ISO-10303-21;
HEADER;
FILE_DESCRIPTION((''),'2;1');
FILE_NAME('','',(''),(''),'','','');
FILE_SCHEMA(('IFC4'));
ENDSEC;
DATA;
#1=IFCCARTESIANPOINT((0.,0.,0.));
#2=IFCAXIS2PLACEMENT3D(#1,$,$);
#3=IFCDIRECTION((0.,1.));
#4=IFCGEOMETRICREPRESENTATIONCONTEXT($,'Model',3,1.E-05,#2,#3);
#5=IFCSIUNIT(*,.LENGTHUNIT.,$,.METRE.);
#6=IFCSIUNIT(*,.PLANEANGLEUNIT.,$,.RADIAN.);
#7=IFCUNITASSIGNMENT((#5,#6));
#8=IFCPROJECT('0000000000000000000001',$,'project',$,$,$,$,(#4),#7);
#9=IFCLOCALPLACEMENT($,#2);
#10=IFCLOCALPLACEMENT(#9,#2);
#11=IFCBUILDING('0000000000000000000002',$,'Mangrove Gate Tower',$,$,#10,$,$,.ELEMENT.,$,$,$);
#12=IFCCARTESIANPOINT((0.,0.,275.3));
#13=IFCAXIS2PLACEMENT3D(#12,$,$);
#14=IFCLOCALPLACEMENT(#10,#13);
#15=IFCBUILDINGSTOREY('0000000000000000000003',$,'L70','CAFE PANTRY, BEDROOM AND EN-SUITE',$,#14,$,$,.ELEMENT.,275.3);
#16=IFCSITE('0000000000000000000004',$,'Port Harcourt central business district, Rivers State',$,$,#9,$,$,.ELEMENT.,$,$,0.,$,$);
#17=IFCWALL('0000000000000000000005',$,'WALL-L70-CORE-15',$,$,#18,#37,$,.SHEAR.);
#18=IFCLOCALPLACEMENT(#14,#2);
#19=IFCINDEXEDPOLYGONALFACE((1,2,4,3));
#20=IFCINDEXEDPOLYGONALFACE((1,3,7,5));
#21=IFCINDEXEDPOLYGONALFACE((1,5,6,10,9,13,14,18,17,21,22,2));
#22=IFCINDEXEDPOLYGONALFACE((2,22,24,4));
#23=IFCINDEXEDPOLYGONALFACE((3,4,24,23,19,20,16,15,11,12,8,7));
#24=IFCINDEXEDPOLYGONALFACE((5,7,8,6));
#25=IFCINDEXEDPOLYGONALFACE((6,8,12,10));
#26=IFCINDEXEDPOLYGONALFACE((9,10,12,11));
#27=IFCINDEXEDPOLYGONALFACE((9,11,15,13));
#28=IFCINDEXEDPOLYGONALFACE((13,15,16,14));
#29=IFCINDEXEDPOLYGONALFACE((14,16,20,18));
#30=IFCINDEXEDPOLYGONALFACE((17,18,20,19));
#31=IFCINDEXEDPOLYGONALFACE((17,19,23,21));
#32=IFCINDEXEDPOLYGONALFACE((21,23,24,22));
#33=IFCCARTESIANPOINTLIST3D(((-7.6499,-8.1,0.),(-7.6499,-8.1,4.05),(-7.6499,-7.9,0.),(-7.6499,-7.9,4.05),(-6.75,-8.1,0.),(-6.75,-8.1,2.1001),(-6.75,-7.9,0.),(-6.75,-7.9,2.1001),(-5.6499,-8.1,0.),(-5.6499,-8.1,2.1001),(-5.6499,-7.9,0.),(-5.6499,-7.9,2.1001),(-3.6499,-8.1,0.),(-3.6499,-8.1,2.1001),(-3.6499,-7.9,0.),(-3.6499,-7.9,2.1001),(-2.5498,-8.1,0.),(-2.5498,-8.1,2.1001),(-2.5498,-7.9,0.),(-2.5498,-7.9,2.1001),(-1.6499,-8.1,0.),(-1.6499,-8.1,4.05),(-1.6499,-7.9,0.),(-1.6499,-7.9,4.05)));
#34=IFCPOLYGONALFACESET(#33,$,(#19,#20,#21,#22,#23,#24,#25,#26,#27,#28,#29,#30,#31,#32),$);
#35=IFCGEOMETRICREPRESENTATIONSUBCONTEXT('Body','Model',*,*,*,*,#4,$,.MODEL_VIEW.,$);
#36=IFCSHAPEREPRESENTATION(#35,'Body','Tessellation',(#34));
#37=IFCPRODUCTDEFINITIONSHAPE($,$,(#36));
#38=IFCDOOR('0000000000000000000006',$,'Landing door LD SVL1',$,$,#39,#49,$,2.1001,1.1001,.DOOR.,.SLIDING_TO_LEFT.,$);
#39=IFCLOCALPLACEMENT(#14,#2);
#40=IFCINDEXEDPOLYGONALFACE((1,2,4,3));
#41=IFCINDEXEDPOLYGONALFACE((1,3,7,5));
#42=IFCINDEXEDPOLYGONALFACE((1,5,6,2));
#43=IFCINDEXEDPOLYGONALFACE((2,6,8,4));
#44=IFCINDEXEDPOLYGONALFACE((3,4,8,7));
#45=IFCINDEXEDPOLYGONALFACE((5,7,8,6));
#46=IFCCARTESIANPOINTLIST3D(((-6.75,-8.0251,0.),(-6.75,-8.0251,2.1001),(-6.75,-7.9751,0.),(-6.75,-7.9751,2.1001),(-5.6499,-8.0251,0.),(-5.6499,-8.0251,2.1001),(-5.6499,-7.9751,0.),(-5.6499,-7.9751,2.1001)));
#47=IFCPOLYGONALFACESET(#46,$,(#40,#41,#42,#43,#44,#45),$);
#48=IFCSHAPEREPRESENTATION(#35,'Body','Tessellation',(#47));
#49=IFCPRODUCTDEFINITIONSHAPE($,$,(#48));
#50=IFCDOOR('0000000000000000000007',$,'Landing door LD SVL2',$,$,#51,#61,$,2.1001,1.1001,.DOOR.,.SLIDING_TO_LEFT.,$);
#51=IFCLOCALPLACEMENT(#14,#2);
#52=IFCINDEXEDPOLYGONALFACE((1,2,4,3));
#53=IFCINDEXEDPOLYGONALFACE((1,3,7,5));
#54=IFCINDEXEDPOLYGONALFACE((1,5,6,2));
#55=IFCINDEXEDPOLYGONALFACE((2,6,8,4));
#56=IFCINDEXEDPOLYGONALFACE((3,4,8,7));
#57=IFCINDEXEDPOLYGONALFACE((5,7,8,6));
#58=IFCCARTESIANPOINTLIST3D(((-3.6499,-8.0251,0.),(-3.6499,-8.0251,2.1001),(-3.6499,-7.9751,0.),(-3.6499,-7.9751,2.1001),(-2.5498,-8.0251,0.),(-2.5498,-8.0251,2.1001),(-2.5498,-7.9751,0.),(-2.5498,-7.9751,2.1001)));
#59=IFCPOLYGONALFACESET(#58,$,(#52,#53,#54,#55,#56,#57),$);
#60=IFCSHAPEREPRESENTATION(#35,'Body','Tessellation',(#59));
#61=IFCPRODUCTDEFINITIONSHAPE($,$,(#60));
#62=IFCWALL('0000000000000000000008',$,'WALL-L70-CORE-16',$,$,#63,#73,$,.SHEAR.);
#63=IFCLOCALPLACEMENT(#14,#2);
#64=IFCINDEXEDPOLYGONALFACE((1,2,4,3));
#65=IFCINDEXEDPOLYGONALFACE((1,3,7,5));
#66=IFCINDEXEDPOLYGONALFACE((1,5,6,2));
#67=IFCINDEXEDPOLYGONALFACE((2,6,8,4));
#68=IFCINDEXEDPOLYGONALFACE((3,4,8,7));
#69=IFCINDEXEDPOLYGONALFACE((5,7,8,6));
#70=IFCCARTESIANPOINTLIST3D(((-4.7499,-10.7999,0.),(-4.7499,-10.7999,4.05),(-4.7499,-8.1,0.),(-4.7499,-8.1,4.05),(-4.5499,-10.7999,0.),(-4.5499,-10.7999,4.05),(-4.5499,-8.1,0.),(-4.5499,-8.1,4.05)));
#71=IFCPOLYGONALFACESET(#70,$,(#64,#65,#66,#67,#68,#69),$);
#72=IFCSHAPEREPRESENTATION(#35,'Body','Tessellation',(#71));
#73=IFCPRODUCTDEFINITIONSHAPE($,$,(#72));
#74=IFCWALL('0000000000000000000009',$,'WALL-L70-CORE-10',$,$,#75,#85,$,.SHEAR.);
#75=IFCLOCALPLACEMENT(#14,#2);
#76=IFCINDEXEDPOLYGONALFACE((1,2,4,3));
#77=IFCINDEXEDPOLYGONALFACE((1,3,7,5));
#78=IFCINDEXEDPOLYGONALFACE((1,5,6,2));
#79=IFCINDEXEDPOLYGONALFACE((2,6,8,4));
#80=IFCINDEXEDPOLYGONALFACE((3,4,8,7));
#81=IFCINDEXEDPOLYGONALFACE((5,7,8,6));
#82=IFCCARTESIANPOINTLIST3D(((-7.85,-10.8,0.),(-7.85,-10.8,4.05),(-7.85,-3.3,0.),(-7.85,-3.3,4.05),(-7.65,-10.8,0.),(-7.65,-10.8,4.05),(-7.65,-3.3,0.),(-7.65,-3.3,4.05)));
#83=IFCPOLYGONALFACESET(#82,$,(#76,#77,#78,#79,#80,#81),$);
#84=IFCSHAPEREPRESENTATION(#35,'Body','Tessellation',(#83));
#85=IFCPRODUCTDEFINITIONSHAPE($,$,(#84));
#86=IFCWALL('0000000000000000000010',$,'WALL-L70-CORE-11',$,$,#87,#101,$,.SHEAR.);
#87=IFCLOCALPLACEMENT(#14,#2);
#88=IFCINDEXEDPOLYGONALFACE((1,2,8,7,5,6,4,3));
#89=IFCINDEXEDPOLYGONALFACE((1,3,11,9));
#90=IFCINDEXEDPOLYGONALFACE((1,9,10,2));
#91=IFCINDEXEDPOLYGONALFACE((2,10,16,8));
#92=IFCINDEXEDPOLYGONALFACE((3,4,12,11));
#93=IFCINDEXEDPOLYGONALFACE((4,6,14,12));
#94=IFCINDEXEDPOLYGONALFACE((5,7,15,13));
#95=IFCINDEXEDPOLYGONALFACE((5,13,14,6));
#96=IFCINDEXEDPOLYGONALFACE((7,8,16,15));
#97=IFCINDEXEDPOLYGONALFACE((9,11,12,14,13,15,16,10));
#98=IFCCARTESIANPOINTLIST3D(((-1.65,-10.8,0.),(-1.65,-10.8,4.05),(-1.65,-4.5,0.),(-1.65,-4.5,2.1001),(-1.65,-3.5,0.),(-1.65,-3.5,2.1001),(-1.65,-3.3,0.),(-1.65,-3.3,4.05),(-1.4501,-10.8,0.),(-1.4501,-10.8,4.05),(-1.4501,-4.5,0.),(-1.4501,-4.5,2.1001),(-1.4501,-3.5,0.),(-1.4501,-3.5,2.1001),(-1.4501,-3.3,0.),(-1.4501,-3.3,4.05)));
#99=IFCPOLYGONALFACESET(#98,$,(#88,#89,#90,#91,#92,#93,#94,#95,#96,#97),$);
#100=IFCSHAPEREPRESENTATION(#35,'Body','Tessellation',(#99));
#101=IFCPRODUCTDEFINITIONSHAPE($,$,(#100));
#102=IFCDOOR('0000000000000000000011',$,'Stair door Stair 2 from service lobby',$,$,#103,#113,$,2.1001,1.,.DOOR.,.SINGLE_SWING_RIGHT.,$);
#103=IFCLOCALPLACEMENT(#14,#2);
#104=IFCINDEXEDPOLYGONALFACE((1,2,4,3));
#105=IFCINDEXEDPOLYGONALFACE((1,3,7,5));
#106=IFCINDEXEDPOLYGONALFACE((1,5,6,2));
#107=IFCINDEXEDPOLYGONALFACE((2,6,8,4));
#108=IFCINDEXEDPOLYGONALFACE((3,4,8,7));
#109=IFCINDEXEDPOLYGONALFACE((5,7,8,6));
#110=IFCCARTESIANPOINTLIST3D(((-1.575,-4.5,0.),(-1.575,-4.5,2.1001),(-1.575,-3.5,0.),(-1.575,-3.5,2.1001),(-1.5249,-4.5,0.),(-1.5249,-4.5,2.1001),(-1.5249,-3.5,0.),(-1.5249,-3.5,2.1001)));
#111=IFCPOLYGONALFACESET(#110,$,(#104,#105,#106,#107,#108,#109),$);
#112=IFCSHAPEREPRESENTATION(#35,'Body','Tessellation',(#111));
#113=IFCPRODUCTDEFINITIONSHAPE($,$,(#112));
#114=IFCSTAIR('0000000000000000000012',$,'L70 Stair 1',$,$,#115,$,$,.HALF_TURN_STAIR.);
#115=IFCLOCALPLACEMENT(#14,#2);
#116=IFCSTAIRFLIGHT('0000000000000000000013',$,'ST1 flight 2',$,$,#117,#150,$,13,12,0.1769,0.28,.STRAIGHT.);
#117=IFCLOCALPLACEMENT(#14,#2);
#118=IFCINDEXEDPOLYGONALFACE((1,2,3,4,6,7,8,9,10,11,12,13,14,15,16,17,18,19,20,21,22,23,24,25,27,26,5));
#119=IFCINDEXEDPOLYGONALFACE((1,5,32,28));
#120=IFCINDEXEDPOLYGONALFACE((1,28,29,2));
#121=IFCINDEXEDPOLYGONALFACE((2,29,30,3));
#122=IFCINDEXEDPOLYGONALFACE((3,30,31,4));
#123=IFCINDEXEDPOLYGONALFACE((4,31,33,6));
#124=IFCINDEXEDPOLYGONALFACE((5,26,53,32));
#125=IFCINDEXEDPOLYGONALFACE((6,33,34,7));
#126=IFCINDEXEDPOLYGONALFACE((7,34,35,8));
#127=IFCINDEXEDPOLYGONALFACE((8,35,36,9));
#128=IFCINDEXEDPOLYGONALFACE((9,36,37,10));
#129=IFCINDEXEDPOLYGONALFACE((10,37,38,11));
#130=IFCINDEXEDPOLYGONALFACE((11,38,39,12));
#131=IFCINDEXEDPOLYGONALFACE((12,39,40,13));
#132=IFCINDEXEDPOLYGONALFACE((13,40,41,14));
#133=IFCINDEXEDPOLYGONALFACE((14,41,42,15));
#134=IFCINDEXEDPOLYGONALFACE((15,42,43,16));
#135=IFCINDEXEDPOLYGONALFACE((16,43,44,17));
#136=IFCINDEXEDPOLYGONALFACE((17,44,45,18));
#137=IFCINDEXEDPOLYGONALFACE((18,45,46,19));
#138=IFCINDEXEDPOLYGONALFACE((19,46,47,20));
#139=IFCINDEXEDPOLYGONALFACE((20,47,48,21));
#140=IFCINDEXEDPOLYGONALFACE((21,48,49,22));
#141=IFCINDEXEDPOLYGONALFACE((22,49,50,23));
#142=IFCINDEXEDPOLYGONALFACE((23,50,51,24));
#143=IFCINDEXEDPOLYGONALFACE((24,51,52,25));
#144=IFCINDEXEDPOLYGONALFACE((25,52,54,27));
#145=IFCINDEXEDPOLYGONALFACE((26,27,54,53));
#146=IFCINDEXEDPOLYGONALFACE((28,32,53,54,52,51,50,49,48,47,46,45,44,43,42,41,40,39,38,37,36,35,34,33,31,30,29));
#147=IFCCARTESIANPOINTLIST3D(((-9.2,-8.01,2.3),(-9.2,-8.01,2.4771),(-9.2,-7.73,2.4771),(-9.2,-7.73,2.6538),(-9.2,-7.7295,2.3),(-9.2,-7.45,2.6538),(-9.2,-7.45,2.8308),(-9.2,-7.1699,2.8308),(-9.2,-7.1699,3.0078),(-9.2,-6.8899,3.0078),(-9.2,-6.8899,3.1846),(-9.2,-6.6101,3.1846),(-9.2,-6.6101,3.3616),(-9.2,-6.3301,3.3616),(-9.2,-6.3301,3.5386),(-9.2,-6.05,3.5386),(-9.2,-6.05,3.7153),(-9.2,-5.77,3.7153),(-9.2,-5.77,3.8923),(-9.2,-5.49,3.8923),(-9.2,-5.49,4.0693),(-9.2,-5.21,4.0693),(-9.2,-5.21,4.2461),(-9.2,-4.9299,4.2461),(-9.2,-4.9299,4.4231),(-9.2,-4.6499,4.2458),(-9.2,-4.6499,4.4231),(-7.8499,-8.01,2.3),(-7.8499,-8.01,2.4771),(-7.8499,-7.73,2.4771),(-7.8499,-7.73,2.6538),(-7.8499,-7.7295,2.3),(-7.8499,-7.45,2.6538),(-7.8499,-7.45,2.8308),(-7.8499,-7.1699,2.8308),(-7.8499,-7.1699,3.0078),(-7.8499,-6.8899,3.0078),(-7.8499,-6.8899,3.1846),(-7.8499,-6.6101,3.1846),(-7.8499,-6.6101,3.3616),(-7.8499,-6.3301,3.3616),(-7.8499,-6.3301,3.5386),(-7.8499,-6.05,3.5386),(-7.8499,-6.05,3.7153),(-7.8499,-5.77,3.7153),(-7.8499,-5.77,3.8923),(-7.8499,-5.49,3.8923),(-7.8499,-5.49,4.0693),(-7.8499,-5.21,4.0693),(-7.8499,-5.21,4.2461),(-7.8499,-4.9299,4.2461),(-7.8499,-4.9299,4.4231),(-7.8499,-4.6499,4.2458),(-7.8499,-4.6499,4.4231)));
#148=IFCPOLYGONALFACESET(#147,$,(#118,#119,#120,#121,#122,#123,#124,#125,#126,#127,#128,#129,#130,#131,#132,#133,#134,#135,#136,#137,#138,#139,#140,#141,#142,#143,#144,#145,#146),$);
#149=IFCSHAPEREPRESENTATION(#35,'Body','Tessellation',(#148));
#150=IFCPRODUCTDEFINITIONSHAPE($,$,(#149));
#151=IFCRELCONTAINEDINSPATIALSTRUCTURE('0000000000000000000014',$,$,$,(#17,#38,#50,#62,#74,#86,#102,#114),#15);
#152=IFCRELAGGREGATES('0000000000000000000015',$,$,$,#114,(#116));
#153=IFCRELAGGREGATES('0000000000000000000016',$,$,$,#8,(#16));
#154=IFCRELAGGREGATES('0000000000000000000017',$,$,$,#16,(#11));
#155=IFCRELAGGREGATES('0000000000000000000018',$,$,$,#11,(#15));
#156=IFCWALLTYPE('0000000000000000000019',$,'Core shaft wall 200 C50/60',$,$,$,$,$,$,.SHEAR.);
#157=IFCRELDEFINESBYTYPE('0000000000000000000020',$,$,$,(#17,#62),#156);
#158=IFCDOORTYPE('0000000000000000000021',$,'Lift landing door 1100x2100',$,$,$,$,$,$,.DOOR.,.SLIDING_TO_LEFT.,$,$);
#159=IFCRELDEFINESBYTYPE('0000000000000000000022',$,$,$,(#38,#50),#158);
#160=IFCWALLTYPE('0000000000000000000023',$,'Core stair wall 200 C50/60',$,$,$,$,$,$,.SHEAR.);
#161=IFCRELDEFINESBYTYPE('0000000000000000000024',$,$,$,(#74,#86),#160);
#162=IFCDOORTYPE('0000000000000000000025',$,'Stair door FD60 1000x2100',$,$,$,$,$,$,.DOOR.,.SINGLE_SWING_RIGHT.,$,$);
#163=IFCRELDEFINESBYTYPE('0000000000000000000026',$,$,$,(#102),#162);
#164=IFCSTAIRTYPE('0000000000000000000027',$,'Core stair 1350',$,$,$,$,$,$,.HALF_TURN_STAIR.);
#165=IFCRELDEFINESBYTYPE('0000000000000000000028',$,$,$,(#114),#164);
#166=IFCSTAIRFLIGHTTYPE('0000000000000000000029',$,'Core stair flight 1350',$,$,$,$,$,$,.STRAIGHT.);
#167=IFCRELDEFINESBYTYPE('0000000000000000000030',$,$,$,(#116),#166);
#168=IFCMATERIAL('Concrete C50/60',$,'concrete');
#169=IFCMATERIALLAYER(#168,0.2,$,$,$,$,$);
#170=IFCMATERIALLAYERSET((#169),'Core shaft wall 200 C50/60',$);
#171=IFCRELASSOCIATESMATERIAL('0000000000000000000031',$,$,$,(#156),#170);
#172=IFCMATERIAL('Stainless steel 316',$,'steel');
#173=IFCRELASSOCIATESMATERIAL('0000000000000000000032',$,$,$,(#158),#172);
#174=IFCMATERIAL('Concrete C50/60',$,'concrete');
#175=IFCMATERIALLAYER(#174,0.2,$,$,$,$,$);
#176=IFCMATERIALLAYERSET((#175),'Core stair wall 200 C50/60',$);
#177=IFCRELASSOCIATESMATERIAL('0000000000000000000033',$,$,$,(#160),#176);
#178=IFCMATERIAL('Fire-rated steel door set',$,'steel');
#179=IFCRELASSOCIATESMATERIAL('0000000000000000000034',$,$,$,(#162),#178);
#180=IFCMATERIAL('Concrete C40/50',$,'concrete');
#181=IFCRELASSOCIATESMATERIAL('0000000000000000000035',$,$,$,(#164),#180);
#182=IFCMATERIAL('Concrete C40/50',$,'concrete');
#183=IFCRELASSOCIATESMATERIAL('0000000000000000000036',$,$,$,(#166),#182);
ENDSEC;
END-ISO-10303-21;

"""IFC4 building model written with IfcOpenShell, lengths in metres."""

from ifc_helpers import new_model, si_unit, direction, frame, frame_2d, origin, place, context, subcontext, project, spatial, polyline, rectangle, outline, extrude, material, layer, layer_set, type_object, element, fill, aggregate, save


model = new_model("IFC4")

# Units and contexts
model_context = context("Model", 3, precision=1e-05, world=origin(), true_north=direction((0.0, 1.0)))
body_context = subcontext(model_context, "Body", "Model", "MODEL_VIEW")
ifc_project = project(units=[si_unit("LENGTHUNIT", "METRE"), si_unit("PLANEANGLEUNIT", "RADIAN")], contexts=[model_context])

# Site, building, storey
site_placement = place(None, origin())
site = spatial("IfcSite", under=ifc_project, at=site_placement, Name="Port Harcourt central business district, Rivers State", CompositionType="ELEMENT", RefElevation=0.0)
building_placement = place(site_placement, origin())
building = spatial("IfcBuilding", under=site, at=building_placement, Name="Mangrove Gate Tower", CompositionType="ELEMENT")
storey_placement = place(building_placement, frame((0.0, 0.0, 275.3)))
storey = spatial("IfcBuildingStorey", under=building, at=storey_placement, Name="L70", Description="CAFE PANTRY, BEDROOM AND EN-SUITE", CompositionType="ELEMENT", Elevation=275.3)

# Wall, openings, doors
ifc_material_1 = material(Name="Concrete C50/60", Category="concrete")
ifc_layer_1 = layer(ifc_material_1, 0.2)
ifc_layer_set_1 = layer_set([ifc_layer_1], Name="Core shaft wall 200 C50/60")
wall_type_1 = type_object("IfcWallType", Name="Core shaft wall 200 C50/60", PredefinedType="SHEAR", material=ifc_layer_set_1)
wall_1_placement = place(storey_placement, frame((-7.6499, -8.0, 0.0), z_axis=(0.0, 0.0, 1.0), x_axis=(1.0, 0.0, 0.0)))
wall_1 = element("IfcWall", 1, at=wall_1_placement, inside=storey, type_object=wall_type_1, Name="WALL-L70-CORE-15", PredefinedType="SHEAR", context=body_context, shape_type="SweptSolid", body=[
    extrude(rectangle(XDim=6.0, YDim=0.2, at=frame_2d((3.0, 0.0))), origin(), (0.0, 0.0, 1.0), 4.05),
])
opening_1_placement = place(wall_1_placement, frame((0.8999, 0.0, 0.0)))
opening_1 = element("IfcOpeningElement", 2, at=opening_1_placement, cuts=wall_1, PredefinedType="OPENING", context=body_context, shape_type="SweptSolid", body=[
    extrude(rectangle(XDim=1.1001, YDim=2.1001, at=frame_2d((0.55, 1.05))), frame((0.0, 0.1099, 0.0), z_axis=(0.0, -1.0, 0.0), x_axis=(1.0, 0.0, 0.0)), (0.0, 0.0, 1.0), 0.22),
])
opening_2_placement = place(wall_1_placement, frame((4.0, 0.0, 0.0)))
opening_2 = element("IfcOpeningElement", 3, at=opening_2_placement, cuts=wall_1, PredefinedType="OPENING", context=body_context, shape_type="SweptSolid", body=[
    extrude(rectangle(XDim=1.1001, YDim=2.1001, at=frame_2d((0.55, 1.05))), frame((0.0, 0.1099, 0.0), z_axis=(0.0, -1.0, 0.0), x_axis=(1.0, 0.0, 0.0)), (0.0, 0.0, 1.0), 0.22),
])
ifc_material_2 = material(Name="Stainless steel 316", Category="steel")
door_type_1 = type_object("IfcDoorType", Name="Lift landing door 1100x2100", OperationType="SLIDING_TO_LEFT", PredefinedType="DOOR", material=ifc_material_2)
door_1_placement = place(opening_1_placement, origin())
door_1 = element("IfcDoor", 4, at=door_1_placement, inside=storey, type_object=door_type_1, Name="Landing door LD SVL1", OperationType="SLIDING_TO_LEFT", OverallHeight=2.1001, OverallWidth=1.1001, PredefinedType="DOOR", context=body_context, shape_type="SweptSolid", body=[
    extrude(rectangle(XDim=1.1001, YDim=2.1001, at=frame_2d((0.55, 1.05))), frame((0.0, 0.0249, 0.0), z_axis=(0.0, -1.0, 0.0), x_axis=(1.0, 0.0, 0.0)), (0.0, 0.0, 1.0), 0.05),
])
fill(opening_1, door_1)
door_2_placement = place(opening_2_placement, origin())
door_2 = element("IfcDoor", 5, at=door_2_placement, inside=storey, type_object=door_type_1, Name="Landing door LD SVL2", OperationType="SLIDING_TO_LEFT", OverallHeight=2.1001, OverallWidth=1.1001, PredefinedType="DOOR", context=body_context, shape_type="SweptSolid", body=[
    extrude(rectangle(XDim=1.1001, YDim=2.1001, at=frame_2d((0.55, 1.05))), frame((0.0, 0.0249, 0.0), z_axis=(0.0, -1.0, 0.0), x_axis=(1.0, 0.0, 0.0)), (0.0, 0.0, 1.0), 0.05),
])
fill(opening_2, door_2)

# Walls
wall_2_placement = place(storey_placement, frame((-4.6499, -10.8, 0.0), z_axis=(0.0, 0.0, 1.0), x_axis=(0.0, 1.0, 0.0)))
element("IfcWall", 6, at=wall_2_placement, inside=storey, type_object=wall_type_1, Name="WALL-L70-CORE-16", PredefinedType="SHEAR", context=body_context, shape_type="SweptSolid", body=[
    extrude(rectangle(XDim=2.7, YDim=0.2, at=frame_2d((1.3501, 0.0))), origin(), (0.0, 0.0, 1.0), 4.05),
])
ifc_material_3 = material(Name="Concrete C50/60", Category="concrete")
ifc_layer_2 = layer(ifc_material_3, 0.2)
ifc_layer_set_2 = layer_set([ifc_layer_2], Name="Core stair wall 200 C50/60")
wall_type_2 = type_object("IfcWallType", Name="Core stair wall 200 C50/60", PredefinedType="SHEAR", material=ifc_layer_set_2)
wall_3_placement = place(storey_placement, frame((-7.75, -10.8, 0.0), z_axis=(0.0, 0.0, 1.0), x_axis=(0.0, 1.0, 0.0)))
element("IfcWall", 7, at=wall_3_placement, inside=storey, type_object=wall_type_2, Name="WALL-L70-CORE-10", PredefinedType="SHEAR", context=body_context, shape_type="SweptSolid", body=[
    extrude(rectangle(XDim=7.5, YDim=0.2, at=frame_2d((3.75, 0.0))), origin(), (0.0, 0.0, 1.0), 4.05),
])

# Wall, opening, door
wall_4_placement = place(storey_placement, frame((-1.55, -10.8, 0.0), z_axis=(0.0, 0.0, 1.0), x_axis=(0.0, 1.0, 0.0)))
wall_4 = element("IfcWall", 8, at=wall_4_placement, inside=storey, type_object=wall_type_2, Name="WALL-L70-CORE-11", PredefinedType="SHEAR", context=body_context, shape_type="SweptSolid", body=[
    extrude(rectangle(XDim=7.5, YDim=0.2, at=frame_2d((3.75, 0.0))), origin(), (0.0, 0.0, 1.0), 4.05),
])
opening_3_placement = place(wall_4_placement, frame((6.3, 0.0, 0.0)))
opening_3 = element("IfcOpeningElement", 9, at=opening_3_placement, cuts=wall_4, PredefinedType="OPENING", context=body_context, shape_type="SweptSolid", body=[
    extrude(rectangle(XDim=1.0, YDim=2.1001, at=frame_2d((0.5, 1.05))), frame((0.0, 0.1099, 0.0), z_axis=(0.0, -1.0, 0.0), x_axis=(1.0, 0.0, 0.0)), (0.0, 0.0, 1.0), 0.22),
])
ifc_material_4 = material(Name="Fire-rated steel door set", Category="steel")
door_type_2 = type_object("IfcDoorType", Name="Stair door FD60 1000x2100", OperationType="SINGLE_SWING_RIGHT", PredefinedType="DOOR", material=ifc_material_4)
door_3_placement = place(opening_3_placement, origin())
door_3 = element("IfcDoor", 10, at=door_3_placement, inside=storey, type_object=door_type_2, Name="Stair door Stair 2 from service lobby", OperationType="SINGLE_SWING_RIGHT", OverallHeight=2.1001, OverallWidth=1.0, PredefinedType="DOOR", context=body_context, shape_type="SweptSolid", body=[
    extrude(rectangle(XDim=1.0, YDim=2.1001, at=frame_2d((0.5, 1.05))), frame((0.0, 0.0249, 0.0), z_axis=(0.0, -1.0, 0.0), x_axis=(1.0, 0.0, 0.0)), (0.0, 0.0, 1.0), 0.05),
])
fill(opening_3, door_3)

# Stair, stair flight
ifc_material_5 = material(Name="Concrete C40/50", Category="concrete")
stair_type = type_object("IfcStairType", Name="Core stair 1350", PredefinedType="HALF_TURN_STAIR", material=ifc_material_5)
stair_1_placement = place(storey_placement, origin())
stair_1 = element("IfcStair", 11, at=stair_1_placement, inside=storey, type_object=stair_type, Name="L70 Stair 1", PredefinedType="HALF_TURN_STAIR")
ifc_material_6 = material(Name="Concrete C40/50", Category="concrete")
stair_flight_type = type_object("IfcStairFlightType", Name="Core stair flight 1350", PredefinedType="STRAIGHT", material=ifc_material_6)
stair_flight_1_placement = place(storey_placement, frame((-8.5249, -8.01, 2.3), z_axis=(0.0, 0.0, 1.0), x_axis=(0.0, 1.0, 0.0)))
stair_flight_1 = element("IfcStairFlight", 12, at=stair_flight_1_placement, type_object=stair_flight_type, Name="ST1 flight 2", NumberOfRisers=13, NumberOfTreads=12, PredefinedType="STRAIGHT", RiserHeight=0.1769, TreadLength=0.28, context=body_context, shape_type="SweptSolid", body=[
    extrude(outline(polyline([(0.0, 0.0), (0.0, 0.177), (0.28, 0.177), (0.28, 0.3538), (0.5601, 0.3538), (0.5601, 0.5308), (0.8401, 0.5308), (0.8401, 0.7078), (1.1201, 0.7078), (1.1201, 0.8845), (1.3999, 0.8845), (1.3999, 1.0615), (1.6799, 1.0615), (1.6799, 1.2385), (1.96, 1.2385), (1.96, 1.4153), (2.24, 1.4153), (2.24, 1.5923), (2.52, 1.5923), (2.52, 1.7693), (2.8, 1.7693), (2.8, 1.946), (3.0801, 1.946), (3.0801, 2.123), (3.3601, 2.123), (3.3601, 2.3), (3.3601, 1.9458), (0.2805, 0.0), (0.0, 0.0)])), frame((0.0, 0.675, 0.0), z_axis=(0.0, -1.0, 0.0), x_axis=(1.0, 0.0, 0.0)), (0.0, 0.0, 1.0), 1.3501),
])
aggregate(stair_1, [stair_flight_1])

save(model, "model.ifc")
